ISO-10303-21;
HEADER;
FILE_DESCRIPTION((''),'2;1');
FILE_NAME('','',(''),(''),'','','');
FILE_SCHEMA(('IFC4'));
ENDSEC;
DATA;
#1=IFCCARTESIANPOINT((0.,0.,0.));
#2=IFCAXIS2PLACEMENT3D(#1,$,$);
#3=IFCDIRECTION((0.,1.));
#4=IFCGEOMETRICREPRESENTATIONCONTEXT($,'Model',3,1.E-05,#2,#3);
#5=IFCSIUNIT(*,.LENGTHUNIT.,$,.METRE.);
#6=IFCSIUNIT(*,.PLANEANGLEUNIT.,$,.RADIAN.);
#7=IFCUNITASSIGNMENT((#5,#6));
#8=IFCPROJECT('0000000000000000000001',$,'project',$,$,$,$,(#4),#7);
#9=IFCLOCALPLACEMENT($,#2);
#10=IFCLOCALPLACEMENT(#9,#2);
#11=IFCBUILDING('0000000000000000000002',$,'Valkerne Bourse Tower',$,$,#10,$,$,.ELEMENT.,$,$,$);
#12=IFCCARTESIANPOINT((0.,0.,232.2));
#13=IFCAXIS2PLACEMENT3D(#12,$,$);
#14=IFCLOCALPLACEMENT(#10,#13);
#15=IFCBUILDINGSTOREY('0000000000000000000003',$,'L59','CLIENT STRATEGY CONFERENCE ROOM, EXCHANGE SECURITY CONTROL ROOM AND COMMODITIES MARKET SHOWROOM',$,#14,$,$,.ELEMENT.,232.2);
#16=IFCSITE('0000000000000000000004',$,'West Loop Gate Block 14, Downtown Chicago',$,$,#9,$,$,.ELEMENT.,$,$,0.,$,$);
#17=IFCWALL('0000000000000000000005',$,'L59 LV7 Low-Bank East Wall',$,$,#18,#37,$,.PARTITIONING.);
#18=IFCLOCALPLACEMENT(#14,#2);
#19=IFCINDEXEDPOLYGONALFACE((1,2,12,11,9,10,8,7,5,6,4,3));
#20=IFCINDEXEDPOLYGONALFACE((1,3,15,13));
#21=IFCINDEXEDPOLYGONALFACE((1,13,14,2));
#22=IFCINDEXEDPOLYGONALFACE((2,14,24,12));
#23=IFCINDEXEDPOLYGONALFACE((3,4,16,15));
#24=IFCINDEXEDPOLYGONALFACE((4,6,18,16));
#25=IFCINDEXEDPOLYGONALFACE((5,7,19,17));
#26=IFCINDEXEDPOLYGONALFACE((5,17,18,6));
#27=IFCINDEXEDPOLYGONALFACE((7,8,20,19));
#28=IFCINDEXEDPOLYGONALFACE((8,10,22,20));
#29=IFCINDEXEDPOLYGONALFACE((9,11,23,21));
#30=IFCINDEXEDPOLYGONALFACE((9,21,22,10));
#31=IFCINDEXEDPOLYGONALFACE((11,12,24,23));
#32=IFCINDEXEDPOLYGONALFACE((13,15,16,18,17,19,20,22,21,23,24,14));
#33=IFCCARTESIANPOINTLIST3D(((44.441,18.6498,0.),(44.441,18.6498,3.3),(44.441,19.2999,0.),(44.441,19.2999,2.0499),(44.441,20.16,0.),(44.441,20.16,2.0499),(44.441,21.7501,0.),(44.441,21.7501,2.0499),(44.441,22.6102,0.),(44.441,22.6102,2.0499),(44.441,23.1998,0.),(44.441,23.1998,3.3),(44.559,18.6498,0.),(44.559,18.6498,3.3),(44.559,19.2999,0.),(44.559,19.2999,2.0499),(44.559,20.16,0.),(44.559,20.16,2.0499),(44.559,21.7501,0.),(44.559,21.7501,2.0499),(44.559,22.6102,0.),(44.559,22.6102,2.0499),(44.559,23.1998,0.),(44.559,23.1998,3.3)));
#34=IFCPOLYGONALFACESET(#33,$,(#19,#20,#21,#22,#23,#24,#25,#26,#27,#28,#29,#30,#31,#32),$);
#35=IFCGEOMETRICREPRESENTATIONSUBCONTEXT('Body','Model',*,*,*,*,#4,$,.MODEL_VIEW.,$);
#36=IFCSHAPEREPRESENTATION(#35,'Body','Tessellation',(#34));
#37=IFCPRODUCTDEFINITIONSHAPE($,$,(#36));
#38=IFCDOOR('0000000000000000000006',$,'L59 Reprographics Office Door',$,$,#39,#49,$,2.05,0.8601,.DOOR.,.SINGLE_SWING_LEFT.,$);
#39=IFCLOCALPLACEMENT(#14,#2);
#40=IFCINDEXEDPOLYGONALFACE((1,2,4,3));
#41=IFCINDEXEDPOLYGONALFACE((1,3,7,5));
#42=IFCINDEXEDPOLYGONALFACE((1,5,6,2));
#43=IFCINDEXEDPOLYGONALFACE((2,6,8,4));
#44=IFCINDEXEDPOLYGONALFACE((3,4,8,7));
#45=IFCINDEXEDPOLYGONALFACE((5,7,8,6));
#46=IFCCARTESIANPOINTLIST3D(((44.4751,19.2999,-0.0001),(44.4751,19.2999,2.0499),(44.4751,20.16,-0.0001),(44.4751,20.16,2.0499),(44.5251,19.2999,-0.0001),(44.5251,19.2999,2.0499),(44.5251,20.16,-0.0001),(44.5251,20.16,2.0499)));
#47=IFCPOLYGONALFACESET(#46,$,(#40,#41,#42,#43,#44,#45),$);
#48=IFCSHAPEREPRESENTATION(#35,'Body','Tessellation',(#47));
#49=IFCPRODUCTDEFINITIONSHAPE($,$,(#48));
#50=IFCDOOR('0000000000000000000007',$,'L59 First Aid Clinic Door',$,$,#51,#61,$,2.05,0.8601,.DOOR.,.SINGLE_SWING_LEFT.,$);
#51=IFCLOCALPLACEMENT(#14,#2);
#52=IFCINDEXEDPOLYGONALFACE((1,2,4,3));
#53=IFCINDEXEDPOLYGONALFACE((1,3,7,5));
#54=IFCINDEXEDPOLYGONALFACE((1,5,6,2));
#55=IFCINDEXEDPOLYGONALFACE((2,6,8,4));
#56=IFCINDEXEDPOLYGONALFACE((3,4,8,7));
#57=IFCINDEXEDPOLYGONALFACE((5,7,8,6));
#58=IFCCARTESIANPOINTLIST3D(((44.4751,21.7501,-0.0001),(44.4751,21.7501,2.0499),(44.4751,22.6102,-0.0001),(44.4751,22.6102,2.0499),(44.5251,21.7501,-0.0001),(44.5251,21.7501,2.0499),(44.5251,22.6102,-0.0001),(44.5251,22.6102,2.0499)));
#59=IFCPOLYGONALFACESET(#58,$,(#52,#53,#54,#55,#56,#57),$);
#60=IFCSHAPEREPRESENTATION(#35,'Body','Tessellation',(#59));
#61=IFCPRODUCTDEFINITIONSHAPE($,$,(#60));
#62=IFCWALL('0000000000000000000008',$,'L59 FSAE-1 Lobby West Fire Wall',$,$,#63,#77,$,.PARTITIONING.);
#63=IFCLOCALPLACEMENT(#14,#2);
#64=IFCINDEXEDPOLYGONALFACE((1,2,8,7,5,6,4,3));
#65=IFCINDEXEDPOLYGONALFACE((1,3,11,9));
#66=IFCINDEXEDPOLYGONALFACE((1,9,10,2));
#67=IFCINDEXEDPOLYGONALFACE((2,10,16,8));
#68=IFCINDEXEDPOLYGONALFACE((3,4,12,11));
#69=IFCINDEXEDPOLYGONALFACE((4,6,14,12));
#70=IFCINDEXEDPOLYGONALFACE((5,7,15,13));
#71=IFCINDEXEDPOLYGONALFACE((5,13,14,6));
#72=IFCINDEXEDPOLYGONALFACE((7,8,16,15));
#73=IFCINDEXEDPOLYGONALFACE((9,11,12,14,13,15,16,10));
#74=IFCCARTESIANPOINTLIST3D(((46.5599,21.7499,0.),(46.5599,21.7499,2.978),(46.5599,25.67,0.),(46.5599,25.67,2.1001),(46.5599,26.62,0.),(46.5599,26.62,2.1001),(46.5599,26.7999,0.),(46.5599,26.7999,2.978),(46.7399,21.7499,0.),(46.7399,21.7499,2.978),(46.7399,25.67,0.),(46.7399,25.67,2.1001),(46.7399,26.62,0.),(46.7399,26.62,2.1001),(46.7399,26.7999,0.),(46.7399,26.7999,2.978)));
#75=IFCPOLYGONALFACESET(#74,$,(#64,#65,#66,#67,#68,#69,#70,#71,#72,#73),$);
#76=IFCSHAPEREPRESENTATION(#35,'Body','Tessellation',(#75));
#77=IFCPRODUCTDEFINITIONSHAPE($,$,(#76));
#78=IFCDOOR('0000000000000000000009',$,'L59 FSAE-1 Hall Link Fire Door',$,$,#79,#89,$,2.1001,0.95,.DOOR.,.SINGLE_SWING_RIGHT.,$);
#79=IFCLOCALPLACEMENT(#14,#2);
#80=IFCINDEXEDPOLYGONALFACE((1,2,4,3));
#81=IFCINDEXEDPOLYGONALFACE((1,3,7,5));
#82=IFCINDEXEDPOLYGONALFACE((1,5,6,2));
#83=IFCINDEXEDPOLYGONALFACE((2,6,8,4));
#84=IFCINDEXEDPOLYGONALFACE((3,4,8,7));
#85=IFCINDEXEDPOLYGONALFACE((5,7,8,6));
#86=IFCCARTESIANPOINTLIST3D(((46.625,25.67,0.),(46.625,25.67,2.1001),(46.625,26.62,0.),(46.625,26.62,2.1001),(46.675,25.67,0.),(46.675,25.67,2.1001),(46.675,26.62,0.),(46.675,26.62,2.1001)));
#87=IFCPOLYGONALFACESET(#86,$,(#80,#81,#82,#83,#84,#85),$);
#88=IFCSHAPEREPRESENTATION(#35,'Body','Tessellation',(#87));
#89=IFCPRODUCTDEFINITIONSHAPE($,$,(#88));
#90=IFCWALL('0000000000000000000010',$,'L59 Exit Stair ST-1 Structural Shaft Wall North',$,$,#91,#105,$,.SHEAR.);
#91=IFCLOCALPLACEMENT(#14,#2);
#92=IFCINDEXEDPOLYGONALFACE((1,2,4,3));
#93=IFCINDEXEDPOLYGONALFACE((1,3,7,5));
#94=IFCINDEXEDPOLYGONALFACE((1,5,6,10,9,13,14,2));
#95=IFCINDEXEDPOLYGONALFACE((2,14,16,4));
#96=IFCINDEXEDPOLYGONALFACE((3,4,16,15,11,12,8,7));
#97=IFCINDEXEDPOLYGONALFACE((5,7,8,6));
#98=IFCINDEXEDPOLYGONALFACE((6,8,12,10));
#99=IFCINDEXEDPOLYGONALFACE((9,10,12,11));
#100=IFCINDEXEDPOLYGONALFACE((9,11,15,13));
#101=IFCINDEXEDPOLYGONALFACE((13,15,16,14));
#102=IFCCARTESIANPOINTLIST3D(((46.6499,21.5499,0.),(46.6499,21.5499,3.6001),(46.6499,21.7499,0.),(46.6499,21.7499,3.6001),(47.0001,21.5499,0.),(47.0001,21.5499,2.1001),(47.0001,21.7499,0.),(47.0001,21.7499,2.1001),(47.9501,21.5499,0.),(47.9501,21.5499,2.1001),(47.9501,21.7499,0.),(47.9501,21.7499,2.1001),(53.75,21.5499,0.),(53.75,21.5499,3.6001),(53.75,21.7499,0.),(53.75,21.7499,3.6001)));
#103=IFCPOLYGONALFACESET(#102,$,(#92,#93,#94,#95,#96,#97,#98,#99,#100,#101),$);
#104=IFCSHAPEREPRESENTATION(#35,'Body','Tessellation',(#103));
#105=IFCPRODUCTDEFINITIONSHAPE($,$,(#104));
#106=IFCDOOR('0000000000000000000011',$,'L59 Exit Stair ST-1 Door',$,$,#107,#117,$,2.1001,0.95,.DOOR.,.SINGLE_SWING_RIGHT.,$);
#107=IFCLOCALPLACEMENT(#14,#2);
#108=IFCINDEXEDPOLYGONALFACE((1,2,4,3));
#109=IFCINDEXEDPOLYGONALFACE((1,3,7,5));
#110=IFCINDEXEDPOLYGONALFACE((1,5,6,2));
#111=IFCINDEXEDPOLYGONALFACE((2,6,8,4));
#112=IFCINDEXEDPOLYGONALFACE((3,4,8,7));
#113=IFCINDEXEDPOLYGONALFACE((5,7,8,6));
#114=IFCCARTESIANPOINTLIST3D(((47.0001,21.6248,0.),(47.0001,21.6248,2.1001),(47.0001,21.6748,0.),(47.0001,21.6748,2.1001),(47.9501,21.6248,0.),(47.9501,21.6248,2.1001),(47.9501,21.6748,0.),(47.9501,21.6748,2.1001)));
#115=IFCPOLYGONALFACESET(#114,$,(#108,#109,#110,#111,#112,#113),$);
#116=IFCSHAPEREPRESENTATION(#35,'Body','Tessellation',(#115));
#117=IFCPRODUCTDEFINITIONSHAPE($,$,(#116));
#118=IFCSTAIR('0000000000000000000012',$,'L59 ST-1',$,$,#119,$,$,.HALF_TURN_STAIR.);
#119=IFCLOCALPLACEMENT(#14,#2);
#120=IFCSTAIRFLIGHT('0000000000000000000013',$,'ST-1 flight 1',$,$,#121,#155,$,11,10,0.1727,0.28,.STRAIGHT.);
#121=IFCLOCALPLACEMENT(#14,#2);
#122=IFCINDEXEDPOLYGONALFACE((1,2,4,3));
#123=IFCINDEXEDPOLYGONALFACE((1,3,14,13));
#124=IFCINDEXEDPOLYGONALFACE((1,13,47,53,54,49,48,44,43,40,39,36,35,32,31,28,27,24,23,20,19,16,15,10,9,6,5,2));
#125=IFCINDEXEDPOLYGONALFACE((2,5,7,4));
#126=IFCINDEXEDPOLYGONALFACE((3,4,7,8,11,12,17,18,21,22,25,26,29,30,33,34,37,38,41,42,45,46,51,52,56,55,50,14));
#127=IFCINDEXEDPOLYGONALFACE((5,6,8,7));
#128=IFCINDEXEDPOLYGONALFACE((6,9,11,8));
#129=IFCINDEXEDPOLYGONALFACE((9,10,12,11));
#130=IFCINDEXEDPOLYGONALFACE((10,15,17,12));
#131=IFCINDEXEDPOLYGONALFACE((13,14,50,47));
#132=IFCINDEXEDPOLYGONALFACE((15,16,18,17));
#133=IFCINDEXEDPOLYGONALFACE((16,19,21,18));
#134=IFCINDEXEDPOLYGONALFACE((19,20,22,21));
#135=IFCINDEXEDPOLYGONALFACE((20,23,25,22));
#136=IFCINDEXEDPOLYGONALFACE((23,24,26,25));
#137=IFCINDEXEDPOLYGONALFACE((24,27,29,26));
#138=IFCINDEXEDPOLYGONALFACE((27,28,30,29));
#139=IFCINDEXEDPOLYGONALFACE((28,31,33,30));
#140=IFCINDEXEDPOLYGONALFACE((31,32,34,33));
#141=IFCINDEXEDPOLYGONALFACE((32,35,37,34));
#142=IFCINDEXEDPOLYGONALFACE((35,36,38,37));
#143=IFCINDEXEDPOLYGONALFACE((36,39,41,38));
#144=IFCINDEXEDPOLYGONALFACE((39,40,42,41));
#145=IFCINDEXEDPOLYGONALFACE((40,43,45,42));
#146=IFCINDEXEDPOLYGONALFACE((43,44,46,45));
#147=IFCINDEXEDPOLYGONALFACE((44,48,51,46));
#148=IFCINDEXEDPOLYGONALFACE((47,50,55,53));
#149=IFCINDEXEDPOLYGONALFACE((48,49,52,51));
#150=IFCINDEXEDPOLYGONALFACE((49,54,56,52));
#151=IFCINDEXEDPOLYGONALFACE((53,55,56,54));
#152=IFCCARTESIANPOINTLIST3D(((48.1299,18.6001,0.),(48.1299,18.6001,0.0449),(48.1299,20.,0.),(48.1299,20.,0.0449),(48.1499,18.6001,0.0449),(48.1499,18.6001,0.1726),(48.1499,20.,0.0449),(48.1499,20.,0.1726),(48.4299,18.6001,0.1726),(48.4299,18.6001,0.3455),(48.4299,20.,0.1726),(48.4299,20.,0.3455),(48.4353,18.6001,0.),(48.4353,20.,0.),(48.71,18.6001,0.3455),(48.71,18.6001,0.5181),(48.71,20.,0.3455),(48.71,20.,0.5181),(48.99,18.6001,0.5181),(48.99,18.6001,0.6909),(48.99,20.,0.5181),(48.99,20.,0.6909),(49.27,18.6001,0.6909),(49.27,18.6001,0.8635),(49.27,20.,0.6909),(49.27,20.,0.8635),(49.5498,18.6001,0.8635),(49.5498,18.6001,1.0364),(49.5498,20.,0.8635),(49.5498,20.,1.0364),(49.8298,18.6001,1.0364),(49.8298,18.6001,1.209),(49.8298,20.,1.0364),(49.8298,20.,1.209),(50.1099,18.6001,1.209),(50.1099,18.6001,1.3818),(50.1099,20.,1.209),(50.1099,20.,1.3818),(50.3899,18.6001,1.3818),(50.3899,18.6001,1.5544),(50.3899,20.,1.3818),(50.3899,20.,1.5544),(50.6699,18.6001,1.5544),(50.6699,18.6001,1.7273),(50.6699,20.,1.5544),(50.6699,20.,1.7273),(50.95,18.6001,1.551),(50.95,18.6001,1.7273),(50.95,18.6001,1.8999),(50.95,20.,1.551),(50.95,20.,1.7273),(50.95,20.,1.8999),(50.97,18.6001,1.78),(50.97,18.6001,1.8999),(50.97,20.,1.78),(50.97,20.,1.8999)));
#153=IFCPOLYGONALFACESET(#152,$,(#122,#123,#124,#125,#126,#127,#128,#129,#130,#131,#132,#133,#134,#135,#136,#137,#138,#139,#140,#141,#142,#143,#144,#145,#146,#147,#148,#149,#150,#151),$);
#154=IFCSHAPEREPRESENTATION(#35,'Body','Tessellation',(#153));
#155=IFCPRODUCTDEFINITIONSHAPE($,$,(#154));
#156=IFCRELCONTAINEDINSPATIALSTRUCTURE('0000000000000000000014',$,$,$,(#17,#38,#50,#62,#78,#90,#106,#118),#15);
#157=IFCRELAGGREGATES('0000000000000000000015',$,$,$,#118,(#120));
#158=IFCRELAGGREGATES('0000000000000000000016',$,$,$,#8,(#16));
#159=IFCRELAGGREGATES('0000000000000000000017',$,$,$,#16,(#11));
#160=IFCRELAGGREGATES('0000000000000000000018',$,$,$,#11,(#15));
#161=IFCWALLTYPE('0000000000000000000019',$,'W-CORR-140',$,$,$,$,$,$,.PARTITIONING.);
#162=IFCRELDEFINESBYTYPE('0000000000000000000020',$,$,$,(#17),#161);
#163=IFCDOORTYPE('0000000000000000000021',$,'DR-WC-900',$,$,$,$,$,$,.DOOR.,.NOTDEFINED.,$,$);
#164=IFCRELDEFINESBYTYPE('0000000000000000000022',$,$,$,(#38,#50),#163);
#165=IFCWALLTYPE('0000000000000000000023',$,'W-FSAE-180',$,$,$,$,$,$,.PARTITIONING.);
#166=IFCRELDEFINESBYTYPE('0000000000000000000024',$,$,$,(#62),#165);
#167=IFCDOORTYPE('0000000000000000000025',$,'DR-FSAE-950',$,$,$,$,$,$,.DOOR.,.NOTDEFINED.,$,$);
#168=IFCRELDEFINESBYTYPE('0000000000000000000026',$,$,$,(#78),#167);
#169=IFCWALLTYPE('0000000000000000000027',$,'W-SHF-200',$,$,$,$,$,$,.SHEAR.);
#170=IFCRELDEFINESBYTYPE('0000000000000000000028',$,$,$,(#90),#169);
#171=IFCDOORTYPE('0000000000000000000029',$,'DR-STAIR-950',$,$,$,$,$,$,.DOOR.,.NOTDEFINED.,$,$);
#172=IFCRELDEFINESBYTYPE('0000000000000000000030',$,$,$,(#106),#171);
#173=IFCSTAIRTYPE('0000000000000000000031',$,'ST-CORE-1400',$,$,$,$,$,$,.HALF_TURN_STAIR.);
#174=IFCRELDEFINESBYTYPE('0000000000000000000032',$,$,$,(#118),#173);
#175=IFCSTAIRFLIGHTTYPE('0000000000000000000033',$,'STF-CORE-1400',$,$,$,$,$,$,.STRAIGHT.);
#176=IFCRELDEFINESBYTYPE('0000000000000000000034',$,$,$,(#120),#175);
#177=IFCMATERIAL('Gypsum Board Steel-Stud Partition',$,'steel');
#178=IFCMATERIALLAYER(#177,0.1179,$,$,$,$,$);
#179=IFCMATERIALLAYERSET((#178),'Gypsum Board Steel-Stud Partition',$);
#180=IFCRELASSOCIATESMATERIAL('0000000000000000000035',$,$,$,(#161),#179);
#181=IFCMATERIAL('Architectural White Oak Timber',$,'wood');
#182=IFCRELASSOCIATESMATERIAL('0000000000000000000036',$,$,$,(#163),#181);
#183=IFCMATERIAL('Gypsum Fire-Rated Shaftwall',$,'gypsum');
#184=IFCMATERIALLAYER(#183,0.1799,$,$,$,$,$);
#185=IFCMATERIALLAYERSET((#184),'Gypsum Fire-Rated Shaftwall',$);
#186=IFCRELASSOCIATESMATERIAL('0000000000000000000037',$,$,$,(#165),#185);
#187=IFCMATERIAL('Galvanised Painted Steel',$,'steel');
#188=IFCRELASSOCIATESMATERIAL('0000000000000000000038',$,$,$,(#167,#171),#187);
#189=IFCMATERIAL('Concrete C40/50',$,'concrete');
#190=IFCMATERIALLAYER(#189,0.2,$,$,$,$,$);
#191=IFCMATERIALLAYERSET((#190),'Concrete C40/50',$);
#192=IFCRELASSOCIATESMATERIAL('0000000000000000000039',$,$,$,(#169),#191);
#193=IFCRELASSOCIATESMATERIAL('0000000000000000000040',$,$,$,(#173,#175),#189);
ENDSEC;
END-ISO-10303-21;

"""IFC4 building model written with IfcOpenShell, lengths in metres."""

from ifc_helpers import new_model, si_unit, direction, frame, frame_2d, origin, place, context, subcontext, project, spatial, polyline, rectangle, outline, extrude, material, layer, layer_set, type_object, element, fill, aggregate, save


model = new_model("IFC4")

# Units and contexts
model_context = context("Model", 3, precision=1e-05, world=origin(), true_north=direction((0.0, 1.0)))
body_context = subcontext(model_context, "Body", "Model", "MODEL_VIEW")
ifc_project = project(units=[si_unit("LENGTHUNIT", "METRE"), si_unit("PLANEANGLEUNIT", "RADIAN")], contexts=[model_context])

# Site, building, storey
site_placement = place(None, origin())
site = spatial("IfcSite", under=ifc_project, at=site_placement, Name="West Loop Gate Block 14, Downtown Chicago", CompositionType="ELEMENT", RefElevation=0.0)
building_placement = place(site_placement, origin())
building = spatial("IfcBuilding", under=site, at=building_placement, Name="Valkerne Bourse Tower", CompositionType="ELEMENT")
storey_placement = place(building_placement, frame((0.0, 0.0, 232.2)))
storey = spatial("IfcBuildingStorey", under=building, at=storey_placement, Name="L59", Description="CLIENT STRATEGY CONFERENCE ROOM, EXCHANGE SECURITY CONTROL ROOM AND COMMODITIES MARKET SHOWROOM", CompositionType="ELEMENT", Elevation=232.2)

# Wall, openings, doors
ifc_material_1 = material(Name="Gypsum Board Steel-Stud Partition", Category="steel")
ifc_layer_1 = layer(ifc_material_1, 0.1179)
ifc_layer_set_1 = layer_set([ifc_layer_1], Name="Gypsum Board Steel-Stud Partition")
wall_type_1 = type_object("IfcWallType", Name="W-CORR-140", PredefinedType="PARTITIONING", material=ifc_layer_set_1)
wall_1_placement = place(storey_placement, frame((44.5, 18.6499, 0.0), z_axis=(0.0, 0.0, 1.0), x_axis=(0.0, 1.0, 0.0)))
wall_1 = element("IfcWall", 1, at=wall_1_placement, inside=storey, type_object=wall_type_1, Name="L59 LV7 Low-Bank East Wall", PredefinedType="PARTITIONING", context=body_context, shape_type="SweptSolid", body=[
    extrude(rectangle(XDim=4.55, YDim=0.1179, at=frame_2d((2.2749, 0.0))), origin(), (0.0, 0.0, 1.0), 3.3),
])
opening_1_placement = place(wall_1_placement, frame((0.6499, 0.0, 0.0)))
opening_1 = element("IfcOpeningElement", 2, at=opening_1_placement, cuts=wall_1, PredefinedType="OPENING", context=body_context, shape_type="SweptSolid", body=[
    extrude(rectangle(XDim=0.8601, YDim=2.05, at=frame_2d((0.4302, 1.0249))), frame((0.0, 0.0688, 0.0), z_axis=(0.0, -1.0, 0.0), x_axis=(1.0, 0.0, 0.0)), (0.0, 0.0, 1.0), 0.1379),
])
opening_2_placement = place(wall_1_placement, frame((3.1001, 0.0, 0.0)))
opening_2 = element("IfcOpeningElement", 3, at=opening_2_placement, cuts=wall_1, PredefinedType="OPENING", context=body_context, shape_type="SweptSolid", body=[
    extrude(rectangle(XDim=0.8601, YDim=2.05, at=frame_2d((0.4302, 1.0249))), frame((0.0, 0.0688, 0.0), z_axis=(0.0, -1.0, 0.0), x_axis=(1.0, 0.0, 0.0)), (0.0, 0.0, 1.0), 0.1379),
])
ifc_material_2 = material(Name="Architectural White Oak Timber", Category="wood")
door_type_1 = type_object("IfcDoorType", Name="DR-WC-900", OperationType="NOTDEFINED", PredefinedType="DOOR", material=ifc_material_2)
door_1_placement = place(opening_1_placement, origin())
door_1 = element("IfcDoor", 4, at=door_1_placement, inside=storey, type_object=door_type_1, Name="L59 Reprographics Office Door", OperationType="SINGLE_SWING_LEFT", OverallHeight=2.05, OverallWidth=0.8601, PredefinedType="DOOR", context=body_context, shape_type="SweptSolid", body=[
    extrude(rectangle(XDim=0.8601, YDim=2.05, at=frame_2d((0.4302, 1.0249))), frame((0.0, 0.0249, 0.0), z_axis=(0.0, -1.0, 0.0), x_axis=(1.0, 0.0, 0.0)), (0.0, 0.0, 1.0), 0.05),
])
fill(opening_1, door_1)
door_2_placement = place(opening_2_placement, origin())
door_2 = element("IfcDoor", 5, at=door_2_placement, inside=storey, type_object=door_type_1, Name="L59 First Aid Clinic Door", OperationType="SINGLE_SWING_LEFT", OverallHeight=2.05, OverallWidth=0.8601, PredefinedType="DOOR", context=body_context, shape_type="SweptSolid", body=[
    extrude(rectangle(XDim=0.8601, YDim=2.05, at=frame_2d((0.4302, 1.0249))), frame((0.0, 0.0249, 0.0), z_axis=(0.0, -1.0, 0.0), x_axis=(1.0, 0.0, 0.0)), (0.0, 0.0, 1.0), 0.05),
])
fill(opening_2, door_2)

# Wall, opening, door
ifc_material_3 = material(Name="Gypsum Fire-Rated Shaftwall", Category="gypsum")
ifc_layer_2 = layer(ifc_material_3, 0.1799)
ifc_layer_set_2 = layer_set([ifc_layer_2], Name="Gypsum Fire-Rated Shaftwall")
wall_type_2 = type_object("IfcWallType", Name="W-FSAE-180", PredefinedType="PARTITIONING", material=ifc_layer_set_2)
wall_2_placement = place(storey_placement, frame((46.6499, 21.75, 0.0), z_axis=(0.0, 0.0, 1.0), x_axis=(0.0, 1.0, 0.0)))
wall_2 = element("IfcWall", 6, at=wall_2_placement, inside=storey, type_object=wall_type_2, Name="L59 FSAE-1 Lobby West Fire Wall", PredefinedType="PARTITIONING", context=body_context, shape_type="SweptSolid", body=[
    extrude(rectangle(XDim=5.05, YDim=0.1799, at=frame_2d((2.5249, 0.0))), origin(), (0.0, 0.0, 1.0), 2.978),
])
opening_3_placement = place(wall_2_placement, frame((3.9199, 0.0, 0.0)))
opening_3 = element("IfcOpeningElement", 7, at=opening_3_placement, cuts=wall_2, PredefinedType="OPENING", context=body_context, shape_type="SweptSolid", body=[
    extrude(rectangle(XDim=0.95, YDim=2.1001, at=frame_2d((0.4751, 1.05))), frame((0.0, 0.0999, 0.0), z_axis=(0.0, -1.0, 0.0), x_axis=(1.0, 0.0, 0.0)), (0.0, 0.0, 1.0), 0.2),
])
ifc_material_4 = material(Name="Galvanised Painted Steel", Category="steel")
door_type_2 = type_object("IfcDoorType", Name="DR-FSAE-950", OperationType="NOTDEFINED", PredefinedType="DOOR", material=ifc_material_4)
door_3_placement = place(opening_3_placement, origin())
door_3 = element("IfcDoor", 8, at=door_3_placement, inside=storey, type_object=door_type_2, Name="L59 FSAE-1 Hall Link Fire Door", OperationType="SINGLE_SWING_RIGHT", OverallHeight=2.1001, OverallWidth=0.95, PredefinedType="DOOR", context=body_context, shape_type="SweptSolid", body=[
    extrude(rectangle(XDim=0.95, YDim=2.1001, at=frame_2d((0.4751, 1.05))), frame((0.0, 0.0249, 0.0), z_axis=(0.0, -1.0, 0.0), x_axis=(1.0, 0.0, 0.0)), (0.0, 0.0, 1.0), 0.05),
])
fill(opening_3, door_3)

# Wall, opening, door
ifc_material_5 = material(Name="Concrete C40/50", Category="concrete")
ifc_layer_3 = layer(ifc_material_5, 0.2)
ifc_layer_set_3 = layer_set([ifc_layer_3], Name="Concrete C40/50")
wall_type_3 = type_object("IfcWallType", Name="W-SHF-200", PredefinedType="SHEAR", material=ifc_layer_set_3)
wall_3_placement = place(storey_placement, frame((46.6499, 21.6499, 0.0), z_axis=(0.0, 0.0, 1.0), x_axis=(1.0, 0.0, 0.0)))
wall_3 = element("IfcWall", 9, at=wall_3_placement, inside=storey, type_object=wall_type_3, Name="L59 Exit Stair ST-1 Structural Shaft Wall North", PredefinedType="SHEAR", context=body_context, shape_type="SweptSolid", body=[
    extrude(rectangle(XDim=7.1001, YDim=0.2, at=frame_2d((3.55, 0.0))), origin(), (0.0, 0.0, 1.0), 3.6001),
])
opening_4_placement = place(wall_3_placement, frame((0.3501, 0.0, 0.0)))
opening_4 = element("IfcOpeningElement", 10, at=opening_4_placement, cuts=wall_3, PredefinedType="OPENING", context=body_context, shape_type="SweptSolid", body=[
    extrude(rectangle(XDim=0.95, YDim=2.1001, at=frame_2d((0.4751, 1.05))), frame((0.0, 0.1099, 0.0), z_axis=(0.0, -1.0, 0.0), x_axis=(1.0, 0.0, 0.0)), (0.0, 0.0, 1.0), 0.22),
])
door_type_3 = type_object("IfcDoorType", Name="DR-STAIR-950", OperationType="NOTDEFINED", PredefinedType="DOOR", material=ifc_material_4)
door_4_placement = place(opening_4_placement, origin())
door_4 = element("IfcDoor", 11, at=door_4_placement, inside=storey, type_object=door_type_3, Name="L59 Exit Stair ST-1 Door", OperationType="SINGLE_SWING_RIGHT", OverallHeight=2.1001, OverallWidth=0.95, PredefinedType="DOOR", context=body_context, shape_type="SweptSolid", body=[
    extrude(rectangle(XDim=0.95, YDim=2.1001, at=frame_2d((0.4751, 1.05))), frame((0.0, 0.0249, 0.0), z_axis=(0.0, -1.0, 0.0), x_axis=(1.0, 0.0, 0.0)), (0.0, 0.0, 1.0), 0.05),
])
fill(opening_4, door_4)

# Stair, stair flight
stair_type = type_object("IfcStairType", Name="ST-CORE-1400", PredefinedType="HALF_TURN_STAIR", material=ifc_material_5)
stair_placement = place(storey_placement, origin())
stair = element("IfcStair", 12, at=stair_placement, inside=storey, type_object=stair_type, Name="L59 ST-1", PredefinedType="HALF_TURN_STAIR")
stair_flight_type = type_object("IfcStairFlightType", Name="STF-CORE-1400", PredefinedType="STRAIGHT", material=ifc_material_5)
stair_flight_1_placement = place(storey_placement, frame((48.1499, 19.3, 0.0), z_axis=(0.0, 0.0, 1.0), x_axis=(1.0, 0.0, 0.0)))
stair_flight_1 = element("IfcStairFlight", 13, at=stair_flight_1_placement, type_object=stair_flight_type, Name="ST-1 flight 1", NumberOfRisers=11, NumberOfTreads=10, PredefinedType="STRAIGHT", RiserHeight=0.1727, TreadLength=0.28, context=body_context, shape_type="SweptSolid", body=[
    extrude(outline(polyline([(-0.02, 0.0), (-0.02, 0.0449), (0.0, 0.0449), (0.0, 0.1726), (0.28, 0.1726), (0.28, 0.3455), (0.5601, 0.3455), (0.5601, 0.5181), (0.8401, 0.5181), (0.8401, 0.6909), (1.1201, 0.6909), (1.1201, 0.8635), (1.3999, 0.8635), (1.3999, 1.0364), (1.6799, 1.0364), (1.6799, 1.209), (1.96, 1.209), (1.96, 1.3818), (2.24, 1.3818), (2.24, 1.5544), (2.52, 1.5544), (2.52, 1.7273), (2.8, 1.7273), (2.8, 1.8999), (2.8201, 1.8999), (2.8201, 1.78), (2.8, 1.551), (0.2854, 0.0), (-0.02, 0.0)])), frame((0.0, 0.7, 0.0), z_axis=(0.0, -1.0, 0.0), x_axis=(1.0, 0.0, 0.0)), (0.0, 0.0, 1.0), 1.3999),
])
aggregate(stair, [stair_flight_1])

save(model, "model.ifc")
